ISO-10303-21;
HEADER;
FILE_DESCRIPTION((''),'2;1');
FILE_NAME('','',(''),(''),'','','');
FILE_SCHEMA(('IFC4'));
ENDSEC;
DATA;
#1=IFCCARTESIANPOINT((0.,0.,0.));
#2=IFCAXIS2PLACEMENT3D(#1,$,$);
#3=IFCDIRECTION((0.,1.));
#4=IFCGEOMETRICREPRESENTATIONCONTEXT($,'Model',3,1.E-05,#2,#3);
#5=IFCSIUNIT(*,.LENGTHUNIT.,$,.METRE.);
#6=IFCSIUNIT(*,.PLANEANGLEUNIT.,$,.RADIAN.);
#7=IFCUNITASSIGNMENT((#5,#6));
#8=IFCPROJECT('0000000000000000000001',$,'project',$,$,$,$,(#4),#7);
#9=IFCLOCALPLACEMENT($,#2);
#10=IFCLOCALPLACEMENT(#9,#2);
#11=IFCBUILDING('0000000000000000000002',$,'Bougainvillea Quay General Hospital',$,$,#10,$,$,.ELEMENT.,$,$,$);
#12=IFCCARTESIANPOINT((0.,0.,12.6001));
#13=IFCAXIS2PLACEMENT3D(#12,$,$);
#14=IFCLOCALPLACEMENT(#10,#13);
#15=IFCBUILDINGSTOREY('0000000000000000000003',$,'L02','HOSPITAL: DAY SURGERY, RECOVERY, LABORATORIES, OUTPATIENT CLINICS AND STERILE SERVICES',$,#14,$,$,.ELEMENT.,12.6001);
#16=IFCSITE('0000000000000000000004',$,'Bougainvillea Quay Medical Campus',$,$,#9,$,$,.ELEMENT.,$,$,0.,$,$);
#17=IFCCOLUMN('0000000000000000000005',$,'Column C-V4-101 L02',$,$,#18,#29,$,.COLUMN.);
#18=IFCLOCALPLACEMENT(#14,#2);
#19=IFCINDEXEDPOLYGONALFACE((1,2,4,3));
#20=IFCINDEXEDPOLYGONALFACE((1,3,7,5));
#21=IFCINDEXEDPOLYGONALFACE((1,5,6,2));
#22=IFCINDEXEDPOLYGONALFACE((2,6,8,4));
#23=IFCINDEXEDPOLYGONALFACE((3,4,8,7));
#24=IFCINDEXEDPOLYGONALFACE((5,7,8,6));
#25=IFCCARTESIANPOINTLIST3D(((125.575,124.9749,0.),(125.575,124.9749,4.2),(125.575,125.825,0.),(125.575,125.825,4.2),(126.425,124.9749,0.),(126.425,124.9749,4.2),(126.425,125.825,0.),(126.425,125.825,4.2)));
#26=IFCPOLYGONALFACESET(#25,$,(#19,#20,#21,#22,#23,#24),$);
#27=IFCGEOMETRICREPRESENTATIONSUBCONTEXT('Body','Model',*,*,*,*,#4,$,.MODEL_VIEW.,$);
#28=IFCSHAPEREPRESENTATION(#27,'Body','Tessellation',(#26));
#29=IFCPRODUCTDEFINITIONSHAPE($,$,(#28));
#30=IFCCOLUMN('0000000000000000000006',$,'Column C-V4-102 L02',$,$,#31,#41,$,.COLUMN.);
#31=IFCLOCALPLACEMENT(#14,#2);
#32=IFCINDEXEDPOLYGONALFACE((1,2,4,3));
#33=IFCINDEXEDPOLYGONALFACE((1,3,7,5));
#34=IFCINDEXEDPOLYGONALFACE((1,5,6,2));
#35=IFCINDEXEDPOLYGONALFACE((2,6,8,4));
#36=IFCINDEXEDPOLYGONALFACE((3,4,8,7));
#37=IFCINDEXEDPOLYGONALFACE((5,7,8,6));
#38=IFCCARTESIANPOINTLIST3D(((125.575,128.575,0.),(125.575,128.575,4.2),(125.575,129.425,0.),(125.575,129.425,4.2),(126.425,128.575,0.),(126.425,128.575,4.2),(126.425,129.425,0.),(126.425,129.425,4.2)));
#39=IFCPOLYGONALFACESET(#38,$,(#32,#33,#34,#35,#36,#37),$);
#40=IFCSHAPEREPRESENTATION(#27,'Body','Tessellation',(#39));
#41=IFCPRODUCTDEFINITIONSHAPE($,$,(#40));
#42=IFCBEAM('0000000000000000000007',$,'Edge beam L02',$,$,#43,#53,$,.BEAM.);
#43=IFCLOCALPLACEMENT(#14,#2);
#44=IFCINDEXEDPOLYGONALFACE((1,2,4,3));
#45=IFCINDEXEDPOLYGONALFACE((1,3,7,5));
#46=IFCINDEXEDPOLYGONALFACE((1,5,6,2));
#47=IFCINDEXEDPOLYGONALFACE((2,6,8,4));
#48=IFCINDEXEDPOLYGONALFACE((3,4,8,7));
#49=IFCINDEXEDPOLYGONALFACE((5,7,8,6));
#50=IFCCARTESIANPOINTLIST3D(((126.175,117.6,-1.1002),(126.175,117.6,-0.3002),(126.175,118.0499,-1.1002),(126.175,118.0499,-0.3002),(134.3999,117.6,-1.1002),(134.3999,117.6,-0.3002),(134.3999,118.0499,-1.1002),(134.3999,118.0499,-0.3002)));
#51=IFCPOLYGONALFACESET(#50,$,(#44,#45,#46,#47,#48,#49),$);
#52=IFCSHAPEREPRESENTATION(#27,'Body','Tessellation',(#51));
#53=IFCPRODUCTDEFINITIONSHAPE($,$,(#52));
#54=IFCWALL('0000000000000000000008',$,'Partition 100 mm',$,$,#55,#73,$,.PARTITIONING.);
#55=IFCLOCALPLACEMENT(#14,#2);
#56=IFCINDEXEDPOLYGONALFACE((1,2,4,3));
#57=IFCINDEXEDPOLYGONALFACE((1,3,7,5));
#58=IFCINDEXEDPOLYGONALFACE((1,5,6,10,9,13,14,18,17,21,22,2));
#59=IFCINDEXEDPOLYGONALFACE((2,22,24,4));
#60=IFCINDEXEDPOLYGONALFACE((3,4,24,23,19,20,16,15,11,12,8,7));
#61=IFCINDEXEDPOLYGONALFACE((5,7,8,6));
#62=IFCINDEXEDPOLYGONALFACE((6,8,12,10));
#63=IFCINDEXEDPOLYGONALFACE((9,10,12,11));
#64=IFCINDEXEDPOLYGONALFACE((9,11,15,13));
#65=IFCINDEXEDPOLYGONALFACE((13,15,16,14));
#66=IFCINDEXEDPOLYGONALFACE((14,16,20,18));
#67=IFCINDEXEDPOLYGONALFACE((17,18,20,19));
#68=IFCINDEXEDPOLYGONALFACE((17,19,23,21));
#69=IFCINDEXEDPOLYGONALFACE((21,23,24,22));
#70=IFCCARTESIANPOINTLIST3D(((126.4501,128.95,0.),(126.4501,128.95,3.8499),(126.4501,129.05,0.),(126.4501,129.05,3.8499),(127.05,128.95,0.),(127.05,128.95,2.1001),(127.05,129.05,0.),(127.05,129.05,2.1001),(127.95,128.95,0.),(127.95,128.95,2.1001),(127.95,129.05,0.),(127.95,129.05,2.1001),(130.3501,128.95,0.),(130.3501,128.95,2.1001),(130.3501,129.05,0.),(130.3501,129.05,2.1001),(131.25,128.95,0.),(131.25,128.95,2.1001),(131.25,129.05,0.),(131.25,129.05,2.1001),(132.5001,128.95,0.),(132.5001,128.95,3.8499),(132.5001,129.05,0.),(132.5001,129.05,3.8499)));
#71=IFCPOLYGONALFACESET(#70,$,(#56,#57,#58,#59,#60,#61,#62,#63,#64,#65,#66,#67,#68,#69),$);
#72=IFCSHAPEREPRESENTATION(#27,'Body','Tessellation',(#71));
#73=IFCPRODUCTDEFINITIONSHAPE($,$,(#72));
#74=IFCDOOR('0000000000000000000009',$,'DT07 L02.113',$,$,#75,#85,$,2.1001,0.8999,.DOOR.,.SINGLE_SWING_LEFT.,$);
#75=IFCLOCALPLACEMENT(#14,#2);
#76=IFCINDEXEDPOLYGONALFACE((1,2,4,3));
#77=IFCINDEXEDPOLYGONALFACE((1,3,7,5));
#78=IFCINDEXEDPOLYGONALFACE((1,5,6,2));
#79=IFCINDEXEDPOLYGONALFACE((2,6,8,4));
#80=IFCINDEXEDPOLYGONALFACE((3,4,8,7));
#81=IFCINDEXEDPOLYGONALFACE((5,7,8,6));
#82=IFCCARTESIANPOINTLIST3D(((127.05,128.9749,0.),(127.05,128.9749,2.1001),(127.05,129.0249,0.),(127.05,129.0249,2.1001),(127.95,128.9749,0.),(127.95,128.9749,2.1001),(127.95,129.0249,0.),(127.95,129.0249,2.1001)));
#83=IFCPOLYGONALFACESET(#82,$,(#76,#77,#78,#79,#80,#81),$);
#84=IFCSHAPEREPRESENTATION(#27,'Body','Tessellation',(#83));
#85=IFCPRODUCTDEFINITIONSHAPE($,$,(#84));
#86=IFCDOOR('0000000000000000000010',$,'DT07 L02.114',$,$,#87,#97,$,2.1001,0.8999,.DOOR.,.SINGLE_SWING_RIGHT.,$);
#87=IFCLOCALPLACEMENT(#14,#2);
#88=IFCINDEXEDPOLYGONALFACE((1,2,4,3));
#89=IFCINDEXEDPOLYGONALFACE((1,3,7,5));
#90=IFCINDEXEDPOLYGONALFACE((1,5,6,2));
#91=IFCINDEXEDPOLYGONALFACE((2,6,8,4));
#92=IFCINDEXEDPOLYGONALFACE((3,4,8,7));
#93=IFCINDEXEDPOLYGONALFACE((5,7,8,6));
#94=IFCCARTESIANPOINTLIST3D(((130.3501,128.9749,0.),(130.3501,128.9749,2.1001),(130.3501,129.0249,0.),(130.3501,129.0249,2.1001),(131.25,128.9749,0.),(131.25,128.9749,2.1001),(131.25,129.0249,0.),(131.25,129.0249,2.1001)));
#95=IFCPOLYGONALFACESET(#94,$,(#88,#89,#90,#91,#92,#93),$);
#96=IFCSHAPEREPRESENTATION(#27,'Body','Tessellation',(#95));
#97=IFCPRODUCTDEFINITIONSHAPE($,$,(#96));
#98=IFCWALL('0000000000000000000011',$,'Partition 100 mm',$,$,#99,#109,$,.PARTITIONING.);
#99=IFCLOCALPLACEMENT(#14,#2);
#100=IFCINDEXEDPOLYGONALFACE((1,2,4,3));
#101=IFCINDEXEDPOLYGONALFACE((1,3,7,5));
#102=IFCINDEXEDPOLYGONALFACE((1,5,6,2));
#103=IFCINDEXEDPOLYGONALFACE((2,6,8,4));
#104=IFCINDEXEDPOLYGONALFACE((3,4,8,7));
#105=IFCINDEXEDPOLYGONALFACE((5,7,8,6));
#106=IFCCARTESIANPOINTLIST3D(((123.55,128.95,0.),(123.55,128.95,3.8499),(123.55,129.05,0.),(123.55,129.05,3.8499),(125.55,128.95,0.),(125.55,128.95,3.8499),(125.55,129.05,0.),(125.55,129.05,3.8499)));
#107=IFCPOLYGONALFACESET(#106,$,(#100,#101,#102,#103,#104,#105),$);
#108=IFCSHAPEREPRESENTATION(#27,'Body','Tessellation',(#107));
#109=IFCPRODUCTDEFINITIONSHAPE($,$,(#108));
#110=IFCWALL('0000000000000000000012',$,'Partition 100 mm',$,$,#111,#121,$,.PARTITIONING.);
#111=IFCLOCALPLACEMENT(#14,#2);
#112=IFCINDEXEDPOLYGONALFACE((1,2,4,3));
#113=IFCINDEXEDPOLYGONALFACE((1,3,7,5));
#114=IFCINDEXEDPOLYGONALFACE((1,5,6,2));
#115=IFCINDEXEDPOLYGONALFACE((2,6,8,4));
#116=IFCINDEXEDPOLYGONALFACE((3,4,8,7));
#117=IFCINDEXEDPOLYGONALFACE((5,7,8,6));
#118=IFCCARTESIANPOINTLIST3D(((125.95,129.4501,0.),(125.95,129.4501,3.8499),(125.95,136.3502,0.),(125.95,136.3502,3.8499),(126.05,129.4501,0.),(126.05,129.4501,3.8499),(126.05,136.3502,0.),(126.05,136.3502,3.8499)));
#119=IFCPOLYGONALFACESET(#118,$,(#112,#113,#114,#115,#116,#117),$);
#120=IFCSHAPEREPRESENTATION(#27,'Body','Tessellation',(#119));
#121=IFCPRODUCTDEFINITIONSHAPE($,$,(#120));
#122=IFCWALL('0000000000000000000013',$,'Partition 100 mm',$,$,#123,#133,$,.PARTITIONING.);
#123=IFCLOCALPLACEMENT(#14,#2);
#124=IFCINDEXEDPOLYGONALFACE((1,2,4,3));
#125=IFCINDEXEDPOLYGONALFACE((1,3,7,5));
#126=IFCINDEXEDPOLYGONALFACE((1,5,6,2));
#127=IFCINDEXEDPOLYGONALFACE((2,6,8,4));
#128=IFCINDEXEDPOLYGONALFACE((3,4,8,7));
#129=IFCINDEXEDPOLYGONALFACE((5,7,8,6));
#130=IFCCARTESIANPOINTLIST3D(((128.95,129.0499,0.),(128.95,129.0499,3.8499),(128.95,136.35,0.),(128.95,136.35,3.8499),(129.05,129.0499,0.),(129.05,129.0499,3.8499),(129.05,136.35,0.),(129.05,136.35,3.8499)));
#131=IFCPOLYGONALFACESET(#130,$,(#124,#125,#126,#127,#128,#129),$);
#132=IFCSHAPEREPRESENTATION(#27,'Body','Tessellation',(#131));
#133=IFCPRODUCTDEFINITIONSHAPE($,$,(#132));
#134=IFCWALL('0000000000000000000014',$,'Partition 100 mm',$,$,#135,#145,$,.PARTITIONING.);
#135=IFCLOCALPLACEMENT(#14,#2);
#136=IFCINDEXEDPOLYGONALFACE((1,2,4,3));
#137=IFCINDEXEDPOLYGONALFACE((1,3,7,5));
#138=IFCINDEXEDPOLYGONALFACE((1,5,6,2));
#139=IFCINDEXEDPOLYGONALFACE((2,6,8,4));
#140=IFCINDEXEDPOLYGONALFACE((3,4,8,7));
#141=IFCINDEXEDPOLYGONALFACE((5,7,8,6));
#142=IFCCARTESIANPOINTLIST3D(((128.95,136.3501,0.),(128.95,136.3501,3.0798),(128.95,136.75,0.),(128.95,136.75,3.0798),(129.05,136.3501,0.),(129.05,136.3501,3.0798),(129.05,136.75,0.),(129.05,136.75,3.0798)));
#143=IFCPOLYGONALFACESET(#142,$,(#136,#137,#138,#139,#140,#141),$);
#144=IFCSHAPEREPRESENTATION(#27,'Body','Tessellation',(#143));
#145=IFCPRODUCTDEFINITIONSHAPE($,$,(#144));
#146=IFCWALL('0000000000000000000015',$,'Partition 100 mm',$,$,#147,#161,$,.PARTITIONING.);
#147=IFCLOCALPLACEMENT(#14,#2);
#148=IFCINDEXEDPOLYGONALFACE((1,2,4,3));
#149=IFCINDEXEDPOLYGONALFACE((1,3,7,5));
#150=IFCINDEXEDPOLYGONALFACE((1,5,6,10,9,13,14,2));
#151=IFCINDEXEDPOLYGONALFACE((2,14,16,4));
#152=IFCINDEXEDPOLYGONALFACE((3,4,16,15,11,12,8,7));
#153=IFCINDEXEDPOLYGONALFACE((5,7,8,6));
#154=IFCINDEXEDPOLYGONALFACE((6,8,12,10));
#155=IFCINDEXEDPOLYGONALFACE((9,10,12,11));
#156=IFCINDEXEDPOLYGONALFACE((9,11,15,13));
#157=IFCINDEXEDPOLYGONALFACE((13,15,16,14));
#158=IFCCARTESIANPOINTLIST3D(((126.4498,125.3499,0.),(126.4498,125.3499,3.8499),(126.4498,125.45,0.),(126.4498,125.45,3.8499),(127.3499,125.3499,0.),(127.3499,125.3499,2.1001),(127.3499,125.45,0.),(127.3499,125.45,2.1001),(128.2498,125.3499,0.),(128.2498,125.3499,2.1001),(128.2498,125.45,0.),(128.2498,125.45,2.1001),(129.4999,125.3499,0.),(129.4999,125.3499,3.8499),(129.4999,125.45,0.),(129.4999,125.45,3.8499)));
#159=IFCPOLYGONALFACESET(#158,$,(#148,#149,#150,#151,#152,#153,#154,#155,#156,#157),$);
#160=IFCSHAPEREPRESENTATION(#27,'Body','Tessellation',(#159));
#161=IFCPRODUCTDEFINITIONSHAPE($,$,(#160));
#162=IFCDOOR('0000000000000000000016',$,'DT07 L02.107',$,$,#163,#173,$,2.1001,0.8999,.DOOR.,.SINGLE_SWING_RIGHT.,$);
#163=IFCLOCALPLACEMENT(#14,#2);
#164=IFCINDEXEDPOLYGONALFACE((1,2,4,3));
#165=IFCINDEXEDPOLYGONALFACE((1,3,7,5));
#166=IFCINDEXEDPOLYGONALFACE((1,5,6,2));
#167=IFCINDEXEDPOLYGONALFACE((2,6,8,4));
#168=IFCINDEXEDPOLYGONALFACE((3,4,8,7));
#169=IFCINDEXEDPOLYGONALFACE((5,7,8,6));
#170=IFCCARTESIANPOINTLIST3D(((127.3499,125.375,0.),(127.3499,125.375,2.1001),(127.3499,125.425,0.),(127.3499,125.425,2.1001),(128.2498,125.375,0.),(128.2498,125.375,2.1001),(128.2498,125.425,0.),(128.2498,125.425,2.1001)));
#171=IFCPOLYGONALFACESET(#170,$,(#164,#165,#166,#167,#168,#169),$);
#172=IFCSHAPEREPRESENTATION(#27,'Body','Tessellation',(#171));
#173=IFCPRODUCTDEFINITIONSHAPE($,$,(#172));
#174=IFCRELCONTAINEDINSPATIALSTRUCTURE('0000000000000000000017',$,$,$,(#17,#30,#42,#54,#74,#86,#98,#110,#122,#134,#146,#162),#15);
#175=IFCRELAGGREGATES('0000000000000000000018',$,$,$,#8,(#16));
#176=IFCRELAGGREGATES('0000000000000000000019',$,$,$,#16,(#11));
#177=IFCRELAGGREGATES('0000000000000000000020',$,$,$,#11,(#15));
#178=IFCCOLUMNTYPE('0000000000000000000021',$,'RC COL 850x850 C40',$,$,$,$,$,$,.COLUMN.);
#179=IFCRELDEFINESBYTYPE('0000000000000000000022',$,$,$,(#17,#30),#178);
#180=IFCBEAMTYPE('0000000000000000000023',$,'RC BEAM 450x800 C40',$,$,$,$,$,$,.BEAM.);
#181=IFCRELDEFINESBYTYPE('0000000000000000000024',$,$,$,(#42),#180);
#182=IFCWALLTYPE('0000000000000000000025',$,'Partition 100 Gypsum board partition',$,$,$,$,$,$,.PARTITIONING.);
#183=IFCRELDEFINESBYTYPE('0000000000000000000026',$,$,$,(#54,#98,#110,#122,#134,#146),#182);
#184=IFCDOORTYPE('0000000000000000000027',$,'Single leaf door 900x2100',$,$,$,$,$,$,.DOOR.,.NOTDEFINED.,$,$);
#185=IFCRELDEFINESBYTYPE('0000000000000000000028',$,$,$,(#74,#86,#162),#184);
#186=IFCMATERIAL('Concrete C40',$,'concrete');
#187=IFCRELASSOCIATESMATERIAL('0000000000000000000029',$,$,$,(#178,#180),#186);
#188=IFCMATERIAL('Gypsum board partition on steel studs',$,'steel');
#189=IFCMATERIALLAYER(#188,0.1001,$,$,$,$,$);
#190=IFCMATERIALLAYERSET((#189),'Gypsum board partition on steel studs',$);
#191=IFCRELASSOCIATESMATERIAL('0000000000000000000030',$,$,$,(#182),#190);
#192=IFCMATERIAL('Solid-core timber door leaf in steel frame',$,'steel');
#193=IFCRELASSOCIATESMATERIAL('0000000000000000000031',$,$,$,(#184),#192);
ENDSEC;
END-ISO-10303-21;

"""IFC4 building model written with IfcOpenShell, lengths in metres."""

from ifc_helpers import new_model, si_unit, direction, frame, frame_2d, origin, origin_2d, place, context, subcontext, project, spatial, rectangle, extrude, material, layer, layer_set, material_profile, profile_set, type_object, element, fill, save


model = new_model("IFC4")

# Units and contexts
model_context = context("Model", 3, precision=1e-05, world=origin(), true_north=direction((0.0, 1.0)))
body_context = subcontext(model_context, "Body", "Model", "MODEL_VIEW")
ifc_project = project(units=[si_unit("LENGTHUNIT", "METRE"), si_unit("PLANEANGLEUNIT", "RADIAN")], contexts=[model_context])

# Site, building, storey
site_placement = place(None, origin())
site = spatial("IfcSite", under=ifc_project, at=site_placement, Name="Bougainvillea Quay Medical Campus", CompositionType="ELEMENT", RefElevation=0.0)
building_placement = place(site_placement, origin())
building = spatial("IfcBuilding", under=site, at=building_placement, Name="Bougainvillea Quay General Hospital", CompositionType="ELEMENT")
storey_placement = place(building_placement, frame((0.0, 0.0, 12.6001)))
storey = spatial("IfcBuildingStorey", under=building, at=storey_placement, Name="L02", Description="HOSPITAL: DAY SURGERY, RECOVERY, LABORATORIES, OUTPATIENT CLINICS AND STERILE SERVICES", CompositionType="ELEMENT", Elevation=12.6001)

# Columns
ifc_material_1 = material(Name="Concrete C40", Category="concrete")
ifc_material_profile_1 = material_profile(ifc_material_1, rectangle(XDim=0.8501, YDim=0.8501, at=origin_2d()))
ifc_profile_set_1 = profile_set([ifc_material_profile_1], Name="Concrete C40")
column_type = type_object("IfcColumnType", Name="RC COL 850x850 C40", PredefinedType="COLUMN", material=ifc_profile_set_1)
for number, where, z_axis, x_axis, name in (
    (1, (126.0, 125.3999, 0.0), (0.0, 0.0, 1.0), (1.0, 0.0, 0.0), "Column C-V4-101 L02"),
    (2, (126.0, 129.0, 0.0), (0.0, 0.0, 1.0), (1.0, 0.0, 0.0), "Column C-V4-102 L02"),
):
    element("IfcColumn", number, at=place(storey_placement, frame(where, z_axis=z_axis, x_axis=x_axis)), inside=storey, type_object=column_type, Name=name, PredefinedType="COLUMN", context=body_context, shape_type="SweptSolid", body=[
        extrude(rectangle(XDim=0.8501, YDim=0.8501, at=origin_2d()), origin(), (0.0, 0.0, 1.0), 4.2),
    ])

# Beam
ifc_material_profile_2 = material_profile(ifc_material_1, rectangle(XDim=0.45, YDim=0.8, at=origin_2d()))
ifc_profile_set_2 = profile_set([ifc_material_profile_2], Name="Concrete C40")
beam_type = type_object("IfcBeamType", Name="RC BEAM 450x800 C40", PredefinedType="BEAM", material=ifc_profile_set_2)
beam_placement = place(storey_placement, frame((126.175, 117.825, -0.7002), z_axis=(1.0, 0.0, 0.0), x_axis=(0.0, 1.0, 0.0)))
element("IfcBeam", 3, at=beam_placement, inside=storey, type_object=beam_type, Name="Edge beam L02", PredefinedType="BEAM", context=body_context, shape_type="SweptSolid", body=[
    extrude(rectangle(XDim=0.45, YDim=0.8, at=origin_2d()), origin(), (0.0, 0.0, 1.0), 8.2249),
])

# Wall, openings, doors
ifc_material_2 = material(Name="Gypsum board partition on steel studs", Category="steel")
ifc_layer_1 = layer(ifc_material_2, 0.1001)
ifc_layer_set_1 = layer_set([ifc_layer_1], Name="Gypsum board partition on steel studs")
wall_type_1 = type_object("IfcWallType", Name="Partition 100 Gypsum board partition", PredefinedType="PARTITIONING", material=ifc_layer_set_1)
wall_1_placement = place(storey_placement, frame((132.5, 129.0, 0.0), z_axis=(0.0, 0.0, 1.0), x_axis=(-1.0, 0.0, 0.0)))
wall_1 = element("IfcWall", 4, at=wall_1_placement, inside=storey, type_object=wall_type_1, Name="Partition 100 mm", PredefinedType="PARTITIONING", context=body_context, shape_type="SweptSolid", body=[
    extrude(rectangle(XDim=6.05, YDim=0.1001, at=frame_2d((3.0249, 0.0))), origin(), (0.0, 0.0, 1.0), 3.8499),
])
opening_1_placement = place(wall_1_placement, frame((4.55, 0.0, 0.0)))
opening_1 = element("IfcOpeningElement", 5, at=opening_1_placement, cuts=wall_1, PredefinedType="OPENING", context=body_context, shape_type="SweptSolid", body=[
    extrude(rectangle(XDim=0.8999, YDim=2.1001, at=frame_2d((0.45, 1.05))), frame((0.0, 0.0601, 0.0), z_axis=(0.0, -1.0, 0.0), x_axis=(1.0, 0.0, 0.0)), (0.0, 0.0, 1.0), 0.1201),
])
opening_2_placement = place(wall_1_placement, frame((1.25, 0.0, 0.0)))
opening_2 = element("IfcOpeningElement", 6, at=opening_2_placement, cuts=wall_1, PredefinedType="OPENING", context=body_context, shape_type="SweptSolid", body=[
    extrude(rectangle(XDim=0.8999, YDim=2.1001, at=frame_2d((0.45, 1.05))), frame((0.0, 0.0601, 0.0), z_axis=(0.0, -1.0, 0.0), x_axis=(1.0, 0.0, 0.0)), (0.0, 0.0, 1.0), 0.1201),
])
ifc_material_3 = material(Name="Solid-core timber door leaf in steel frame", Category="steel")
door_type_1 = type_object("IfcDoorType", Name="Single leaf door 900x2100", OperationType="NOTDEFINED", PredefinedType="DOOR", material=ifc_material_3)
door_1_placement = place(opening_1_placement, frame((0.8999, 0.0, 0.0), z_axis=(0.0, 0.0, 1.0), x_axis=(-1.0, 0.0, 0.0)))
door_1 = element("IfcDoor", 7, at=door_1_placement, inside=storey, type_object=door_type_1, Name="DT07 L02.113", OperationType="SINGLE_SWING_LEFT", OverallHeight=2.1001, OverallWidth=0.8999, PredefinedType="DOOR", context=body_context, shape_type="SweptSolid", body=[
    extrude(rectangle(XDim=0.8999, YDim=2.1001, at=frame_2d((0.45, 1.05))), frame((0.0, 0.0249, 0.0), z_axis=(0.0, -1.0, 0.0), x_axis=(1.0, 0.0, 0.0)), (0.0, 0.0, 1.0), 0.05),
])
fill(opening_1, door_1)
door_2_placement = place(opening_2_placement, frame((0.8999, 0.0, 0.0), z_axis=(0.0, 0.0, 1.0), x_axis=(-1.0, 0.0, 0.0)))
door_2 = element("IfcDoor", 8, at=door_2_placement, inside=storey, type_object=door_type_1, Name="DT07 L02.114", OperationType="SINGLE_SWING_RIGHT", OverallHeight=2.1001, OverallWidth=0.8999, PredefinedType="DOOR", context=body_context, shape_type="SweptSolid", body=[
    extrude(rectangle(XDim=0.8999, YDim=2.1001, at=frame_2d((0.45, 1.05))), frame((0.0, 0.0249, 0.0), z_axis=(0.0, -1.0, 0.0), x_axis=(1.0, 0.0, 0.0)), (0.0, 0.0, 1.0), 0.05),
])
fill(opening_2, door_2)

# Walls
wall_2_placement = place(storey_placement, frame((125.55, 129.0, 0.0), z_axis=(0.0, 0.0, 1.0), x_axis=(-1.0, 0.0, 0.0)))
element("IfcWall", 9, at=wall_2_placement, inside=storey, type_object=wall_type_1, Name="Partition 100 mm", PredefinedType="PARTITIONING", context=body_context, shape_type="SweptSolid", body=[
    extrude(rectangle(XDim=2.0, YDim=0.1001, at=frame_2d((1.0, 0.0))), origin(), (0.0, 0.0, 1.0), 3.8499),
])
wall_3_placement = place(storey_placement, frame((126.0, 129.45, 0.0), z_axis=(0.0, 0.0, 1.0), x_axis=(0.0, 1.0, 0.0)))
element("IfcWall", 10, at=wall_3_placement, inside=storey, type_object=wall_type_1, Name="Partition 100 mm", PredefinedType="PARTITIONING", context=body_context, shape_type="SweptSolid", body=[
    extrude(rectangle(XDim=6.9001, YDim=0.1001, at=frame_2d((3.4502, 0.0))), origin(), (0.0, 0.0, 1.0), 3.8499),
])
wall_4_placement = place(storey_placement, frame((129.0, 129.05, 0.0), z_axis=(0.0, 0.0, 1.0), x_axis=(0.0, 1.0, 0.0)))
element("IfcWall", 11, at=wall_4_placement, inside=storey, type_object=wall_type_1, Name="Partition 100 mm", PredefinedType="PARTITIONING", context=body_context, shape_type="SweptSolid", body=[
    extrude(rectangle(XDim=7.3, YDim=0.1001, at=frame_2d((3.6499, 0.0))), origin(), (0.0, 0.0, 1.0), 3.8499),
])
wall_5_placement = place(storey_placement, frame((129.0, 136.3501, 0.0), z_axis=(0.0, 0.0, 1.0), x_axis=(0.0, 1.0, 0.0)))
element("IfcWall", 12, at=wall_5_placement, inside=storey, type_object=wall_type_1, Name="Partition 100 mm", PredefinedType="PARTITIONING", context=body_context, shape_type="SweptSolid", body=[
    extrude(rectangle(XDim=0.3999, YDim=0.1001, at=frame_2d((0.2, 0.0))), origin(), (0.0, 0.0, 1.0), 3.0798),
])

# Wall, opening, door
wall_6_placement = place(storey_placement, frame((126.45, 125.3999, 0.0), z_axis=(0.0, 0.0, 1.0), x_axis=(1.0, 0.0, 0.0)))
wall_6 = element("IfcWall", 13, at=wall_6_placement, inside=storey, type_object=wall_type_1, Name="Partition 100 mm", PredefinedType="PARTITIONING", context=body_context, shape_type="SweptSolid", body=[
    extrude(rectangle(XDim=3.05, YDim=0.1001, at=frame_2d((1.5249, 0.0))), origin(), (0.0, 0.0, 1.0), 3.8499),
])
opening_3_placement = place(wall_6_placement, frame((0.8999, 0.0, 0.0)))
opening_3 = element("IfcOpeningElement", 14, at=opening_3_placement, cuts=wall_6, PredefinedType="OPENING", context=body_context, shape_type="SweptSolid", body=[
    extrude(rectangle(XDim=0.8999, YDim=2.1001, at=frame_2d((0.45, 1.05))), frame((0.0, 0.0601, 0.0), z_axis=(0.0, -1.0, 0.0), x_axis=(1.0, 0.0, 0.0)), (0.0, 0.0, 1.0), 0.1201),
])
door_3_placement = place(opening_3_placement, frame((0.8999, 0.0, 0.0), z_axis=(0.0, 0.0, 1.0), x_axis=(-1.0, 0.0, 0.0)))
door_3 = element("IfcDoor", 15, at=door_3_placement, inside=storey, type_object=door_type_1, Name="DT07 L02.107", OperationType="SINGLE_SWING_RIGHT", OverallHeight=2.1001, OverallWidth=0.8999, PredefinedType="DOOR", context=body_context, shape_type="SweptSolid", body=[
    extrude(rectangle(XDim=0.8999, YDim=2.1001, at=frame_2d((0.45, 1.05))), frame((0.0, 0.0249, 0.0), z_axis=(0.0, -1.0, 0.0), x_axis=(1.0, 0.0, 0.0)), (0.0, 0.0, 1.0), 0.05),
])
fill(opening_3, door_3)

save(model, "model.ifc")
